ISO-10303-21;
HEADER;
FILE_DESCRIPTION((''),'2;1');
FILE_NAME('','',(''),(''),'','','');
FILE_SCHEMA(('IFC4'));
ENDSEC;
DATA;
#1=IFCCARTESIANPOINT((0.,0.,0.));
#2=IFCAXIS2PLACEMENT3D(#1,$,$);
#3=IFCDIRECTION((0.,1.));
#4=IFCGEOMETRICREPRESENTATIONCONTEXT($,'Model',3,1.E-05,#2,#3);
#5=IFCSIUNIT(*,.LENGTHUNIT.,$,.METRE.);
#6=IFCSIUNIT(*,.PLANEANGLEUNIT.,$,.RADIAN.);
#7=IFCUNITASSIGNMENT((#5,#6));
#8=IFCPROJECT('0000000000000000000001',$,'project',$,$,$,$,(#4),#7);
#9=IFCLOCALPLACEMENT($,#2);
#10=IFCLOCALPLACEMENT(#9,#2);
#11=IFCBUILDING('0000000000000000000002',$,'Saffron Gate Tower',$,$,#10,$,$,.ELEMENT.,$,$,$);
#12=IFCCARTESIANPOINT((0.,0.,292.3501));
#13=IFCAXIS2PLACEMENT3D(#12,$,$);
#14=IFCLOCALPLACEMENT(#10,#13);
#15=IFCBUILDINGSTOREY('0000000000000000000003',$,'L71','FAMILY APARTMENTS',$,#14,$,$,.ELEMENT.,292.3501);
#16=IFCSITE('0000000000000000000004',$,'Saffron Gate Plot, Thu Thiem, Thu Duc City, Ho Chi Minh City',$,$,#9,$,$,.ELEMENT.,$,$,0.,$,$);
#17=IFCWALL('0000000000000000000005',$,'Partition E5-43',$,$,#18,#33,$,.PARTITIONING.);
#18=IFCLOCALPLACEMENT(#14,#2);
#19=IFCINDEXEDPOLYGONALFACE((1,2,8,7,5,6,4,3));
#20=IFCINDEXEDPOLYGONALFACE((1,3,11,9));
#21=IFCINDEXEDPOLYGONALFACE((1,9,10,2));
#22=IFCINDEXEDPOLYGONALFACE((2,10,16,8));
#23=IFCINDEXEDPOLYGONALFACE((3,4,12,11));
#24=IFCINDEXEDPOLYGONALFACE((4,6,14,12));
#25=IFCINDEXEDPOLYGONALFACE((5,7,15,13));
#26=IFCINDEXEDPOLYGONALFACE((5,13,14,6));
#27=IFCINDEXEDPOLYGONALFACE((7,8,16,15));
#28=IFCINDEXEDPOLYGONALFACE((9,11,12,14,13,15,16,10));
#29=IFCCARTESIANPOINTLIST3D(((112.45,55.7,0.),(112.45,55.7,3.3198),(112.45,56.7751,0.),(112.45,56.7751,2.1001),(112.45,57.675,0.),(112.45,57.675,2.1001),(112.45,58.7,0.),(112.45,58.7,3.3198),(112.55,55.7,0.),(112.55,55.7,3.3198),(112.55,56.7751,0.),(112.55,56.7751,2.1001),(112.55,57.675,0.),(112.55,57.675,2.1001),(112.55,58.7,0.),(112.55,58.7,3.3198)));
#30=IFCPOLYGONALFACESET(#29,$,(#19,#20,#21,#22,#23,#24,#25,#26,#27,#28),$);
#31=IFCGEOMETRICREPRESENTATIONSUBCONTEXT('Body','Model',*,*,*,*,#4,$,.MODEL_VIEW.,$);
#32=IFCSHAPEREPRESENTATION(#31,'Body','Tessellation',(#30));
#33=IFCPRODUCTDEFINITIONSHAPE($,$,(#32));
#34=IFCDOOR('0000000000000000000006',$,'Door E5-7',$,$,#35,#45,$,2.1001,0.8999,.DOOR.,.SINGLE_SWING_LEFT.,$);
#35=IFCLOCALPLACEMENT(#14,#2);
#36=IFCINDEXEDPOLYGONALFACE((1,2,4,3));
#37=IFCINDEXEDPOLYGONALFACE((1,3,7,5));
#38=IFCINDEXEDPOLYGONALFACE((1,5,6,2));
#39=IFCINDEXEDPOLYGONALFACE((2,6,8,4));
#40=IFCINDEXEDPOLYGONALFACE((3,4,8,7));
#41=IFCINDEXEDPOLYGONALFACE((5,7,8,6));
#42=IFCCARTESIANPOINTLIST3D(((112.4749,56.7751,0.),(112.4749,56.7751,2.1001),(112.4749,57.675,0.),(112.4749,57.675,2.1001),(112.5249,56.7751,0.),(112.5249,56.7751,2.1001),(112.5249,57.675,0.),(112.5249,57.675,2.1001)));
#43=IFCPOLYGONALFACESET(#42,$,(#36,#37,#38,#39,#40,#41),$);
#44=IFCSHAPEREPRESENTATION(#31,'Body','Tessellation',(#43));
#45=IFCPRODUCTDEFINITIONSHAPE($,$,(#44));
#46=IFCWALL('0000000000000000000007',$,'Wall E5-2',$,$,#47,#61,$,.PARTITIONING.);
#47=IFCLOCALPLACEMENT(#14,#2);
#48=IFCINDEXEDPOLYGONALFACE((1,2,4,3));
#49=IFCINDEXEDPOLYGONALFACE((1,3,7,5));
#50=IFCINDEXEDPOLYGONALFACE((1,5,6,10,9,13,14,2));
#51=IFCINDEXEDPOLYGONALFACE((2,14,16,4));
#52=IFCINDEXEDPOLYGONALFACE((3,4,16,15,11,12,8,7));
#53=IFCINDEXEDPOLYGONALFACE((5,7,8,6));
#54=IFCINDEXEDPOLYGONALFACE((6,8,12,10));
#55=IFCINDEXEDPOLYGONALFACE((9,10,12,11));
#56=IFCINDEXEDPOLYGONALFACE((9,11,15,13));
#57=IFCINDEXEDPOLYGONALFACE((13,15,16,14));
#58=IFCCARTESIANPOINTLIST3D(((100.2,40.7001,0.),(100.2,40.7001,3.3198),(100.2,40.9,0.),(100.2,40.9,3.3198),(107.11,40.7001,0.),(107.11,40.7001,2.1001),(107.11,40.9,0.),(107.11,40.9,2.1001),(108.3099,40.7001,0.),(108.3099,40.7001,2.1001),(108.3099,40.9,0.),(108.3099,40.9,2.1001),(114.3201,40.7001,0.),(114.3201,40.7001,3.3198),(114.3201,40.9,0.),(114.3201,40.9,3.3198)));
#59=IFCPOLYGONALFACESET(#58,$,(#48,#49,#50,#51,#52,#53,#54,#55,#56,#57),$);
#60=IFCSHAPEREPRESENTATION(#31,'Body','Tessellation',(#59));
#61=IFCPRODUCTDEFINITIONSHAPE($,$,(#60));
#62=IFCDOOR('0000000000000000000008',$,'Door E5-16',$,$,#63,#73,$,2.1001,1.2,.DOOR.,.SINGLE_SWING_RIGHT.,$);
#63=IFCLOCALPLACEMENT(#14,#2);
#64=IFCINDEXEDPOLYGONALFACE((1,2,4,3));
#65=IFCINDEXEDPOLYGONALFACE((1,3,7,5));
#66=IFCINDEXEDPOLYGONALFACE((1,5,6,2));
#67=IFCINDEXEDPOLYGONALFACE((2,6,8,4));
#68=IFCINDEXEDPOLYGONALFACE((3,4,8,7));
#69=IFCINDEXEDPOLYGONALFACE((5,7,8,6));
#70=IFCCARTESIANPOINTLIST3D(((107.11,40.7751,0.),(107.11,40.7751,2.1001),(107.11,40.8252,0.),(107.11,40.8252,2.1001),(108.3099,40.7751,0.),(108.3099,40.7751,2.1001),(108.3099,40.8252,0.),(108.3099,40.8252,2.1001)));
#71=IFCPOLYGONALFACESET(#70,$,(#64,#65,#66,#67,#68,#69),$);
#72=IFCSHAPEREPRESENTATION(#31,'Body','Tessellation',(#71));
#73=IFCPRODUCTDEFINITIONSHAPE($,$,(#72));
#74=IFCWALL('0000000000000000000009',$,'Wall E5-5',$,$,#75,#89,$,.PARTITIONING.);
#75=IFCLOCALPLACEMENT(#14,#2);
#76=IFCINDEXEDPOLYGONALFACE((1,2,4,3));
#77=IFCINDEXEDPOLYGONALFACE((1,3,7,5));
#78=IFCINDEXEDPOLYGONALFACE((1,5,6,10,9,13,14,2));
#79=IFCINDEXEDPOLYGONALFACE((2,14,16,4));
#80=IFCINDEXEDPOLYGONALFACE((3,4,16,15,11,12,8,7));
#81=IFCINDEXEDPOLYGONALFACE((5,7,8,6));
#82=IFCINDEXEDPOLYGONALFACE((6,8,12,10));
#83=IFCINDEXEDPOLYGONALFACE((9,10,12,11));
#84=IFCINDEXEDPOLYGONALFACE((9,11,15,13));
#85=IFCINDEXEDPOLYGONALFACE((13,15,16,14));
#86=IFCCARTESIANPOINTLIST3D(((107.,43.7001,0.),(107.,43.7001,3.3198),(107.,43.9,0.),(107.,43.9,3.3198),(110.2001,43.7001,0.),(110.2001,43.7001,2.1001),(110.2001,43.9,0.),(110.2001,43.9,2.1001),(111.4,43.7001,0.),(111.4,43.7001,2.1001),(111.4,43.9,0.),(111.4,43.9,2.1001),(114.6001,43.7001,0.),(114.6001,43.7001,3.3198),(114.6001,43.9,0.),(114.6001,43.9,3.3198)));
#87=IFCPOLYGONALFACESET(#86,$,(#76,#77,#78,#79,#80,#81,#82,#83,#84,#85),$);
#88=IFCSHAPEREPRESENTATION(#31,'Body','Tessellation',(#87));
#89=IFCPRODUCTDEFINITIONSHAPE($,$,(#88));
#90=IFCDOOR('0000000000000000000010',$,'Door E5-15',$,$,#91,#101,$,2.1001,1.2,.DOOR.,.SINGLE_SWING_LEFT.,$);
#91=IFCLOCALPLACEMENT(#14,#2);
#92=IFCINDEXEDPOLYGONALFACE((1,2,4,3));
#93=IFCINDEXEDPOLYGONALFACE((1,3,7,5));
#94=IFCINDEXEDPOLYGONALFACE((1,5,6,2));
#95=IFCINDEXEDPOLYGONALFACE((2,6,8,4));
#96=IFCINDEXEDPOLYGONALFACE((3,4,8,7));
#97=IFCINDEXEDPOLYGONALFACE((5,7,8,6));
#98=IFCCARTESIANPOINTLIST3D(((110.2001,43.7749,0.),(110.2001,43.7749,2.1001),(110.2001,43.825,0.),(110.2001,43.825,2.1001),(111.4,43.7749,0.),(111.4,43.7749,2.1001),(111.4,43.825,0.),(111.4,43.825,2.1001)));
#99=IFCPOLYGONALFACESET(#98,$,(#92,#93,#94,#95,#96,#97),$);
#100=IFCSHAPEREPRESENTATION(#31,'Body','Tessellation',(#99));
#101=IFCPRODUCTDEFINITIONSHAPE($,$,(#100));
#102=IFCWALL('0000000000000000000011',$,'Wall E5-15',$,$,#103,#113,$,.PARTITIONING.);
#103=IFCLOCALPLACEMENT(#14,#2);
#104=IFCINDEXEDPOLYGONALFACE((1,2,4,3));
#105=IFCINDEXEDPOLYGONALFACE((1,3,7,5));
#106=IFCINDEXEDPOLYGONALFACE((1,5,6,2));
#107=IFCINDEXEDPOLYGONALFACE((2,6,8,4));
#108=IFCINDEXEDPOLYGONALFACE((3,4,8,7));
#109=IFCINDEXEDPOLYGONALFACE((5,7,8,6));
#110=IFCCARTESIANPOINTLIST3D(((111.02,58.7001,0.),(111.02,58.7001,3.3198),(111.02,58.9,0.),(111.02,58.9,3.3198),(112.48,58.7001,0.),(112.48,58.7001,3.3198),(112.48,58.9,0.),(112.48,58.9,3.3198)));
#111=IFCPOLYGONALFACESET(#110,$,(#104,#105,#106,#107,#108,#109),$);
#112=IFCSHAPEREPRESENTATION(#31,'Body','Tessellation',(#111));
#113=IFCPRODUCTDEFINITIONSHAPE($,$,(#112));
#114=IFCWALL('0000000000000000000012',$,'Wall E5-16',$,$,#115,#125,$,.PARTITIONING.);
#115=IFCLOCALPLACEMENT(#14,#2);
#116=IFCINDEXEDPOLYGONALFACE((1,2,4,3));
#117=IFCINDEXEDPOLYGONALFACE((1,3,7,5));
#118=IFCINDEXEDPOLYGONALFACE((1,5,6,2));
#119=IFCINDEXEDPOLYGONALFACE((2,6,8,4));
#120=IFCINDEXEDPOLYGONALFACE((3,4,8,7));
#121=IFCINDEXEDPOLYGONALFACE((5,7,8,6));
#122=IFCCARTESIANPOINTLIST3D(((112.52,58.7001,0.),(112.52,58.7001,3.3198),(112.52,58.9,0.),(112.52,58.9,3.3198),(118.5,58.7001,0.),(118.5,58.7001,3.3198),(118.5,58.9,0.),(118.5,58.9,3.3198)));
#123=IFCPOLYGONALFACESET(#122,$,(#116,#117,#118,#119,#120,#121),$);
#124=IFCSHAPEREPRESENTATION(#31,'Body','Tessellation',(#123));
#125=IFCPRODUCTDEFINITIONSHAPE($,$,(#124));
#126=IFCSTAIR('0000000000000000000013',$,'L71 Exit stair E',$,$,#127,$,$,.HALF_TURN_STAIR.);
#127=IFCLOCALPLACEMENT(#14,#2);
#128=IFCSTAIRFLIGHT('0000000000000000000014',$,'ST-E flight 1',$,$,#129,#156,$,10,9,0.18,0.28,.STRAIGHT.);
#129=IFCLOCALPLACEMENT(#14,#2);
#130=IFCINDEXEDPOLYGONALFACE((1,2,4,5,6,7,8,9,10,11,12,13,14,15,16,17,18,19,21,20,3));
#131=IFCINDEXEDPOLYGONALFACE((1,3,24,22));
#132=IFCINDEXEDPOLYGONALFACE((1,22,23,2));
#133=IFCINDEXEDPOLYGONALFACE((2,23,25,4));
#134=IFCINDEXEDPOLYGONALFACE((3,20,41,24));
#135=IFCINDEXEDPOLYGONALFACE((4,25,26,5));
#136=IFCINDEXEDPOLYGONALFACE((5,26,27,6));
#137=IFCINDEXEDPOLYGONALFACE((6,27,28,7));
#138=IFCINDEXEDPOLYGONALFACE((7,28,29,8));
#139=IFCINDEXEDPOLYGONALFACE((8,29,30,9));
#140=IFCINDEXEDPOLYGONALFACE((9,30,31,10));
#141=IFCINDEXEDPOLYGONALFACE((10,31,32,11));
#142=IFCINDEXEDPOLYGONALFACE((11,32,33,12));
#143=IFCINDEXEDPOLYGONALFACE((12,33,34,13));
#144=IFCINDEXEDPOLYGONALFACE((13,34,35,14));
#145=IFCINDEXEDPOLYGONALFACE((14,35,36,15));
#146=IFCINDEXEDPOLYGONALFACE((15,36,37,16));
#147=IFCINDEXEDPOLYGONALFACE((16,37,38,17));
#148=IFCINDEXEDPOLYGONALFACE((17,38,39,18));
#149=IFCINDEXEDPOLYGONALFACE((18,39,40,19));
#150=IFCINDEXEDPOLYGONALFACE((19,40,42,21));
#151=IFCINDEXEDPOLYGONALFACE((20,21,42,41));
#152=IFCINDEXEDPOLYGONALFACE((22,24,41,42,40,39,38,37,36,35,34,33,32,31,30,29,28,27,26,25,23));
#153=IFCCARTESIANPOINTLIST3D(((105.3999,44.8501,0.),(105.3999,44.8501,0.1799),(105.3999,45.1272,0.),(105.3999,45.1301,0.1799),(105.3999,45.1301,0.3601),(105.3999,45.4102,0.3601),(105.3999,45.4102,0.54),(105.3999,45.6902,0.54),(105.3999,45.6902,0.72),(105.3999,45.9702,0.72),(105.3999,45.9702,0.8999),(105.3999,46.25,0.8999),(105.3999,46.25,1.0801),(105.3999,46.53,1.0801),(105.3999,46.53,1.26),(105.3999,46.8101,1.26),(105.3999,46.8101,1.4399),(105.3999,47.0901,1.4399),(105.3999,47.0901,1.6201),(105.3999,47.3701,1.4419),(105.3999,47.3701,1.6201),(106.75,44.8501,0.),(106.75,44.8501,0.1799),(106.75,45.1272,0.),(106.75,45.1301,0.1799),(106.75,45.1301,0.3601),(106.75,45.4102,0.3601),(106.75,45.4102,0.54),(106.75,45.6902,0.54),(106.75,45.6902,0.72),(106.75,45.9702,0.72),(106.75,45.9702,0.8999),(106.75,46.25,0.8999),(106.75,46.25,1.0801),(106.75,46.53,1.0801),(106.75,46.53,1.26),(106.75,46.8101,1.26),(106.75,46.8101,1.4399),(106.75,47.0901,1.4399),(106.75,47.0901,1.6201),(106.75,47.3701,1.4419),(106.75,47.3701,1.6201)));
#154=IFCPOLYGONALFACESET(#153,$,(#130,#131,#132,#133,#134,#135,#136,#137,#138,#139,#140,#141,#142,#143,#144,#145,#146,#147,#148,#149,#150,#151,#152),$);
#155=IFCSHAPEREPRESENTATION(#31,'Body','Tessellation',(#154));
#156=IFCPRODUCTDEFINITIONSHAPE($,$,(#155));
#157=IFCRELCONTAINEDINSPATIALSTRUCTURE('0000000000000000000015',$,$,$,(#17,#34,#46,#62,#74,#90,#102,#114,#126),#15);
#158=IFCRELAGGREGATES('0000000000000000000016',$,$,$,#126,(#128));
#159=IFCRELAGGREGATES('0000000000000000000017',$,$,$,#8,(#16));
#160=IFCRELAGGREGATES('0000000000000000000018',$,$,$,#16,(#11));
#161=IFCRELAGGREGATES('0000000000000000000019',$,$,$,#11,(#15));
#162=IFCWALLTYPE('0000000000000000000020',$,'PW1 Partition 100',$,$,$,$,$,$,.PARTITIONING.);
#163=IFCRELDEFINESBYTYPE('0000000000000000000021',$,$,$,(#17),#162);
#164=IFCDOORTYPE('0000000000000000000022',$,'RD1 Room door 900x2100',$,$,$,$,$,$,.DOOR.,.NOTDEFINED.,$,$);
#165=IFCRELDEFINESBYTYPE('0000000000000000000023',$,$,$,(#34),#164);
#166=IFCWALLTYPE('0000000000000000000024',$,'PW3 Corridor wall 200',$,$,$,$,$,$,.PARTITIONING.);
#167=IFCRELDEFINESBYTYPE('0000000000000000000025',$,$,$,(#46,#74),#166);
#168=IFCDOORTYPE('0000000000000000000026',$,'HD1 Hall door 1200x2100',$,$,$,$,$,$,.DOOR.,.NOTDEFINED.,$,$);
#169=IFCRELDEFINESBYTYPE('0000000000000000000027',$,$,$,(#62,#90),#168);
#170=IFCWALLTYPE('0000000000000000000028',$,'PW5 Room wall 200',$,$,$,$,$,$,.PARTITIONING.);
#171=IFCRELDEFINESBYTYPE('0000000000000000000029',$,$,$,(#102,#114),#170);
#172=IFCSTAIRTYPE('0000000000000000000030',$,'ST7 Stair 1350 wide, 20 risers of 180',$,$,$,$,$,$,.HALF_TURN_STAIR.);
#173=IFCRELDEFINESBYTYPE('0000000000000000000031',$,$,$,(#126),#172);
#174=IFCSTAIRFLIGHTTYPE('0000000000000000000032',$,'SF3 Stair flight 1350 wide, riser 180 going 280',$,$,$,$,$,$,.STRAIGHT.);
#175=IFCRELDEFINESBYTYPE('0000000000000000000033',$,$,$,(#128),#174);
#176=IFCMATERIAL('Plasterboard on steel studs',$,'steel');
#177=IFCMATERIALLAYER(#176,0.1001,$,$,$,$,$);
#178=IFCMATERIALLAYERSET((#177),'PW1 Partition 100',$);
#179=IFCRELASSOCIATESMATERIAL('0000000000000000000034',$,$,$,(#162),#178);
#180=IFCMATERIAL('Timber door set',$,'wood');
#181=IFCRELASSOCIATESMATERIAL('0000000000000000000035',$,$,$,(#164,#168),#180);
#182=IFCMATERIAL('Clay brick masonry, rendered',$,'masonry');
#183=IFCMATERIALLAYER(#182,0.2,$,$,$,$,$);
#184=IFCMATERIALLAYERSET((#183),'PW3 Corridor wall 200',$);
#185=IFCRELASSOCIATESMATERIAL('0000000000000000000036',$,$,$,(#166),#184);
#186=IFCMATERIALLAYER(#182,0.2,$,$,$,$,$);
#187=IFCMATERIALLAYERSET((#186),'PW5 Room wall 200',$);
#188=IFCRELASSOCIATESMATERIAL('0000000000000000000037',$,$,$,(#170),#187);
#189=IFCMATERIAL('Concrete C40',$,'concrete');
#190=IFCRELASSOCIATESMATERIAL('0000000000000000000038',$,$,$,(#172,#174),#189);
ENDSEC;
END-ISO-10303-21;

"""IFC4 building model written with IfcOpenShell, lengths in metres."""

from ifc_helpers import new_model, si_unit, direction, frame, frame_2d, origin, place, context, subcontext, project, spatial, polyline, rectangle, outline, extrude, material, layer, layer_set, type_object, element, fill, aggregate, save


model = new_model("IFC4")

# Units and contexts
model_context = context("Model", 3, precision=1e-05, world=origin(), true_north=direction((0.0, 1.0)))
body_context = subcontext(model_context, "Body", "Model", "MODEL_VIEW")
ifc_project = project(units=[si_unit("LENGTHUNIT", "METRE"), si_unit("PLANEANGLEUNIT", "RADIAN")], contexts=[model_context])

# Site, building, storey
site_placement = place(None, origin())
site = spatial("IfcSite", under=ifc_project, at=site_placement, Name="Saffron Gate Plot, Thu Thiem, Thu Duc City, Ho Chi Minh City", CompositionType="ELEMENT", RefElevation=0.0)
building_placement = place(site_placement, origin())
building = spatial("IfcBuilding", under=site, at=building_placement, Name="Saffron Gate Tower", CompositionType="ELEMENT")
storey_placement = place(building_placement, frame((0.0, 0.0, 292.3501)))
storey = spatial("IfcBuildingStorey", under=building, at=storey_placement, Name="L71", Description="FAMILY APARTMENTS", CompositionType="ELEMENT", Elevation=292.3501)

# Shared definitions
ifc_material_1 = material(Name="Concrete C40", Category="concrete")

# Shared definitions
ifc_material_2 = material(Name="Plasterboard on steel studs", Category="steel")
ifc_layer_1 = layer(ifc_material_2, 0.1001)
ifc_layer_set_1 = layer_set([ifc_layer_1], Name="PW1 Partition 100")
wall_type_1 = type_object("IfcWallType", Name="PW1 Partition 100", PredefinedType="PARTITIONING", material=ifc_layer_set_1)

# Walls, openings, doors
wall_1_placement = place(storey_placement, frame((112.5, 58.7, 0.0), z_axis=(0.0, 0.0, 1.0), x_axis=(0.0, -1.0, 0.0)))
wall_1 = element("IfcWall", 1, at=wall_1_placement, inside=storey, type_object=wall_type_1, Name="Partition E5-43", PredefinedType="PARTITIONING", context=body_context, shape_type="SweptSolid", body=[
    extrude(rectangle(XDim=3.0, YDim=0.1001, at=frame_2d((1.5, 0.0))), origin(), (0.0, 0.0, 1.0), 3.3198),
])
opening_1_placement = place(wall_1_placement, frame((1.0249, 0.0, 0.0)))
opening_1 = element("IfcOpeningElement", 2, at=opening_1_placement, cuts=wall_1, PredefinedType="OPENING", context=body_context, shape_type="SweptSolid", body=[
    extrude(rectangle(XDim=0.8999, YDim=2.1001, at=frame_2d((0.45, 1.05))), frame((0.0, 0.0601, 0.0), z_axis=(0.0, -1.0, 0.0), x_axis=(1.0, 0.0, 0.0)), (0.0, 0.0, 1.0), 0.1201),
])
ifc_material_3 = material(Name="Timber door set", Category="wood")
door_type_1 = type_object("IfcDoorType", Name="RD1 Room door 900x2100", OperationType="NOTDEFINED", PredefinedType="DOOR", material=ifc_material_3)
door_1_placement = place(opening_1_placement, origin())
door_1 = element("IfcDoor", 3, at=door_1_placement, inside=storey, type_object=door_type_1, Name="Door E5-7", OperationType="SINGLE_SWING_LEFT", OverallHeight=2.1001, OverallWidth=0.8999, PredefinedType="DOOR", context=body_context, shape_type="SweptSolid", body=[
    extrude(rectangle(XDim=0.8999, YDim=2.1001, at=frame_2d((0.45, 1.05))), frame((0.0, 0.0249, 0.0), z_axis=(0.0, -1.0, 0.0), x_axis=(1.0, 0.0, 0.0)), (0.0, 0.0, 1.0), 0.05),
])
fill(opening_1, door_1)
ifc_material_4 = material(Name="Clay brick masonry, rendered", Category="masonry")
ifc_layer_2 = layer(ifc_material_4, 0.2)
ifc_layer_set_2 = layer_set([ifc_layer_2], Name="PW3 Corridor wall 200")
wall_type_2 = type_object("IfcWallType", Name="PW3 Corridor wall 200", PredefinedType="PARTITIONING", material=ifc_layer_set_2)
wall_2_placement = place(storey_placement, frame((114.3201, 40.8, 0.0), z_axis=(0.0, 0.0, 1.0), x_axis=(-1.0, 0.0, 0.0)))
wall_2 = element("IfcWall", 4, at=wall_2_placement, inside=storey, type_object=wall_type_2, Name="Wall E5-2", PredefinedType="PARTITIONING", context=body_context, shape_type="SweptSolid", body=[
    extrude(rectangle(XDim=14.1201, YDim=0.2, at=frame_2d((7.0601, 0.0))), origin(), (0.0, 0.0, 1.0), 3.3198),
])
opening_2_placement = place(wall_2_placement, frame((6.01, 0.0, 0.0)))
opening_2 = element("IfcOpeningElement", 5, at=opening_2_placement, cuts=wall_2, PredefinedType="OPENING", context=body_context, shape_type="SweptSolid", body=[
    extrude(rectangle(XDim=1.2, YDim=2.1001, at=frame_2d((0.6001, 1.05))), frame((0.0, 0.1099, 0.0), z_axis=(0.0, -1.0, 0.0), x_axis=(1.0, 0.0, 0.0)), (0.0, 0.0, 1.0), 0.22),
])
door_type_2 = type_object("IfcDoorType", Name="HD1 Hall door 1200x2100", OperationType="NOTDEFINED", PredefinedType="DOOR", material=ifc_material_3)
door_2_placement = place(opening_2_placement, origin())
door_2 = element("IfcDoor", 6, at=door_2_placement, inside=storey, type_object=door_type_2, Name="Door E5-16", OperationType="SINGLE_SWING_RIGHT", OverallHeight=2.1001, OverallWidth=1.2, PredefinedType="DOOR", context=body_context, shape_type="SweptSolid", body=[
    extrude(rectangle(XDim=1.2, YDim=2.1001, at=frame_2d((0.6001, 1.05))), frame((0.0, 0.0249, 0.0), z_axis=(0.0, -1.0, 0.0), x_axis=(1.0, 0.0, 0.0)), (0.0, 0.0, 1.0), 0.05),
])
fill(opening_2, door_2)
wall_3_placement = place(storey_placement, frame((107.0, 43.8, 0.0), z_axis=(0.0, 0.0, 1.0), x_axis=(1.0, 0.0, 0.0)))
wall_3 = element("IfcWall", 7, at=wall_3_placement, inside=storey, type_object=wall_type_2, Name="Wall E5-5", PredefinedType="PARTITIONING", context=body_context, shape_type="SweptSolid", body=[
    extrude(rectangle(XDim=7.6001, YDim=0.2, at=frame_2d((3.8, 0.0))), origin(), (0.0, 0.0, 1.0), 3.3198),
])
opening_3_placement = place(wall_3_placement, frame((3.2, 0.0, 0.0)))
opening_3 = element("IfcOpeningElement", 8, at=opening_3_placement, cuts=wall_3, PredefinedType="OPENING", context=body_context, shape_type="SweptSolid", body=[
    extrude(rectangle(XDim=1.2, YDim=2.1001, at=frame_2d((0.6001, 1.05))), frame((0.0, 0.1099, 0.0), z_axis=(0.0, -1.0, 0.0), x_axis=(1.0, 0.0, 0.0)), (0.0, 0.0, 1.0), 0.22),
])
door_3_placement = place(opening_3_placement, origin())
door_3 = element("IfcDoor", 9, at=door_3_placement, inside=storey, type_object=door_type_2, Name="Door E5-15", OperationType="SINGLE_SWING_LEFT", OverallHeight=2.1001, OverallWidth=1.2, PredefinedType="DOOR", context=body_context, shape_type="SweptSolid", body=[
    extrude(rectangle(XDim=1.2, YDim=2.1001, at=frame_2d((0.6001, 1.05))), frame((0.0, 0.0249, 0.0), z_axis=(0.0, -1.0, 0.0), x_axis=(1.0, 0.0, 0.0)), (0.0, 0.0, 1.0), 0.05),
])
fill(opening_3, door_3)

# Walls
ifc_layer_3 = layer(ifc_material_4, 0.2)
ifc_layer_set_3 = layer_set([ifc_layer_3], Name="PW5 Room wall 200")
wall_type_3 = type_object("IfcWallType", Name="PW5 Room wall 200", PredefinedType="PARTITIONING", material=ifc_layer_set_3)
wall_4_placement = place(storey_placement, frame((111.02, 58.8, 0.0), z_axis=(0.0, 0.0, 1.0), x_axis=(1.0, 0.0, 0.0)))
element("IfcWall", 10, at=wall_4_placement, inside=storey, type_object=wall_type_3, Name="Wall E5-15", PredefinedType="PARTITIONING", context=body_context, shape_type="SweptSolid", body=[
    extrude(rectangle(XDim=1.46, YDim=0.2, at=frame_2d((0.73, 0.0))), origin(), (0.0, 0.0, 1.0), 3.3198),
])
wall_5_placement = place(storey_placement, frame((112.52, 58.8, 0.0), z_axis=(0.0, 0.0, 1.0), x_axis=(1.0, 0.0, 0.0)))
element("IfcWall", 11, at=wall_5_placement, inside=storey, type_object=wall_type_3, Name="Wall E5-16", PredefinedType="PARTITIONING", context=body_context, shape_type="SweptSolid", body=[
    extrude(rectangle(XDim=5.98, YDim=0.2, at=frame_2d((2.99, 0.0))), origin(), (0.0, 0.0, 1.0), 3.3198),
])

# Stair, stair flight
stair_type = type_object("IfcStairType", Name="ST7 Stair 1350 wide, 20 risers of 180", PredefinedType="HALF_TURN_STAIR", material=ifc_material_1)
stair_placement = place(storey_placement, origin())
stair = element("IfcStair", 12, at=stair_placement, inside=storey, type_object=stair_type, Name="L71 Exit stair E", PredefinedType="HALF_TURN_STAIR")
stair_flight_type = type_object("IfcStairFlightType", Name="SF3 Stair flight 1350 wide, riser 180 going 280", PredefinedType="STRAIGHT", material=ifc_material_1)
stair_flight_1_placement = place(storey_placement, frame((106.075, 44.8501, 0.0), z_axis=(0.0, 0.0, 1.0), x_axis=(0.0, 1.0, 0.0)))
stair_flight_1 = element("IfcStairFlight", 13, at=stair_flight_1_placement, type_object=stair_flight_type, Name="ST-E flight 1", NumberOfRisers=10, NumberOfTreads=9, PredefinedType="STRAIGHT", RiserHeight=0.18, TreadLength=0.28, context=body_context, shape_type="SweptSolid", body=[
    extrude(outline(polyline([(0.0, 0.0), (0.0, 0.1799), (0.28, 0.1799), (0.28, 0.3601), (0.5601, 0.3601), (0.5601, 0.54), (0.8401, 0.54), (0.8401, 0.72), (1.1201, 0.72), (1.1201, 0.8999), (1.3999, 0.8999), (1.3999, 1.0801), (1.6799, 1.0801), (1.6799, 1.26), (1.96, 1.26), (1.96, 1.4399), (2.24, 1.4399), (2.24, 1.6201), (2.52, 1.6201), (2.52, 1.8), (2.52, 1.4419), (0.2771, 0.0), (0.0, 0.0)])), frame((0.0, 0.675, 0.0), z_axis=(0.0, -1.0, 0.0), x_axis=(1.0, 0.0, 0.0)), (0.0, 0.0, 1.0), 1.3501),
])
aggregate(stair, [stair_flight_1])

save(model, "model.ifc")
